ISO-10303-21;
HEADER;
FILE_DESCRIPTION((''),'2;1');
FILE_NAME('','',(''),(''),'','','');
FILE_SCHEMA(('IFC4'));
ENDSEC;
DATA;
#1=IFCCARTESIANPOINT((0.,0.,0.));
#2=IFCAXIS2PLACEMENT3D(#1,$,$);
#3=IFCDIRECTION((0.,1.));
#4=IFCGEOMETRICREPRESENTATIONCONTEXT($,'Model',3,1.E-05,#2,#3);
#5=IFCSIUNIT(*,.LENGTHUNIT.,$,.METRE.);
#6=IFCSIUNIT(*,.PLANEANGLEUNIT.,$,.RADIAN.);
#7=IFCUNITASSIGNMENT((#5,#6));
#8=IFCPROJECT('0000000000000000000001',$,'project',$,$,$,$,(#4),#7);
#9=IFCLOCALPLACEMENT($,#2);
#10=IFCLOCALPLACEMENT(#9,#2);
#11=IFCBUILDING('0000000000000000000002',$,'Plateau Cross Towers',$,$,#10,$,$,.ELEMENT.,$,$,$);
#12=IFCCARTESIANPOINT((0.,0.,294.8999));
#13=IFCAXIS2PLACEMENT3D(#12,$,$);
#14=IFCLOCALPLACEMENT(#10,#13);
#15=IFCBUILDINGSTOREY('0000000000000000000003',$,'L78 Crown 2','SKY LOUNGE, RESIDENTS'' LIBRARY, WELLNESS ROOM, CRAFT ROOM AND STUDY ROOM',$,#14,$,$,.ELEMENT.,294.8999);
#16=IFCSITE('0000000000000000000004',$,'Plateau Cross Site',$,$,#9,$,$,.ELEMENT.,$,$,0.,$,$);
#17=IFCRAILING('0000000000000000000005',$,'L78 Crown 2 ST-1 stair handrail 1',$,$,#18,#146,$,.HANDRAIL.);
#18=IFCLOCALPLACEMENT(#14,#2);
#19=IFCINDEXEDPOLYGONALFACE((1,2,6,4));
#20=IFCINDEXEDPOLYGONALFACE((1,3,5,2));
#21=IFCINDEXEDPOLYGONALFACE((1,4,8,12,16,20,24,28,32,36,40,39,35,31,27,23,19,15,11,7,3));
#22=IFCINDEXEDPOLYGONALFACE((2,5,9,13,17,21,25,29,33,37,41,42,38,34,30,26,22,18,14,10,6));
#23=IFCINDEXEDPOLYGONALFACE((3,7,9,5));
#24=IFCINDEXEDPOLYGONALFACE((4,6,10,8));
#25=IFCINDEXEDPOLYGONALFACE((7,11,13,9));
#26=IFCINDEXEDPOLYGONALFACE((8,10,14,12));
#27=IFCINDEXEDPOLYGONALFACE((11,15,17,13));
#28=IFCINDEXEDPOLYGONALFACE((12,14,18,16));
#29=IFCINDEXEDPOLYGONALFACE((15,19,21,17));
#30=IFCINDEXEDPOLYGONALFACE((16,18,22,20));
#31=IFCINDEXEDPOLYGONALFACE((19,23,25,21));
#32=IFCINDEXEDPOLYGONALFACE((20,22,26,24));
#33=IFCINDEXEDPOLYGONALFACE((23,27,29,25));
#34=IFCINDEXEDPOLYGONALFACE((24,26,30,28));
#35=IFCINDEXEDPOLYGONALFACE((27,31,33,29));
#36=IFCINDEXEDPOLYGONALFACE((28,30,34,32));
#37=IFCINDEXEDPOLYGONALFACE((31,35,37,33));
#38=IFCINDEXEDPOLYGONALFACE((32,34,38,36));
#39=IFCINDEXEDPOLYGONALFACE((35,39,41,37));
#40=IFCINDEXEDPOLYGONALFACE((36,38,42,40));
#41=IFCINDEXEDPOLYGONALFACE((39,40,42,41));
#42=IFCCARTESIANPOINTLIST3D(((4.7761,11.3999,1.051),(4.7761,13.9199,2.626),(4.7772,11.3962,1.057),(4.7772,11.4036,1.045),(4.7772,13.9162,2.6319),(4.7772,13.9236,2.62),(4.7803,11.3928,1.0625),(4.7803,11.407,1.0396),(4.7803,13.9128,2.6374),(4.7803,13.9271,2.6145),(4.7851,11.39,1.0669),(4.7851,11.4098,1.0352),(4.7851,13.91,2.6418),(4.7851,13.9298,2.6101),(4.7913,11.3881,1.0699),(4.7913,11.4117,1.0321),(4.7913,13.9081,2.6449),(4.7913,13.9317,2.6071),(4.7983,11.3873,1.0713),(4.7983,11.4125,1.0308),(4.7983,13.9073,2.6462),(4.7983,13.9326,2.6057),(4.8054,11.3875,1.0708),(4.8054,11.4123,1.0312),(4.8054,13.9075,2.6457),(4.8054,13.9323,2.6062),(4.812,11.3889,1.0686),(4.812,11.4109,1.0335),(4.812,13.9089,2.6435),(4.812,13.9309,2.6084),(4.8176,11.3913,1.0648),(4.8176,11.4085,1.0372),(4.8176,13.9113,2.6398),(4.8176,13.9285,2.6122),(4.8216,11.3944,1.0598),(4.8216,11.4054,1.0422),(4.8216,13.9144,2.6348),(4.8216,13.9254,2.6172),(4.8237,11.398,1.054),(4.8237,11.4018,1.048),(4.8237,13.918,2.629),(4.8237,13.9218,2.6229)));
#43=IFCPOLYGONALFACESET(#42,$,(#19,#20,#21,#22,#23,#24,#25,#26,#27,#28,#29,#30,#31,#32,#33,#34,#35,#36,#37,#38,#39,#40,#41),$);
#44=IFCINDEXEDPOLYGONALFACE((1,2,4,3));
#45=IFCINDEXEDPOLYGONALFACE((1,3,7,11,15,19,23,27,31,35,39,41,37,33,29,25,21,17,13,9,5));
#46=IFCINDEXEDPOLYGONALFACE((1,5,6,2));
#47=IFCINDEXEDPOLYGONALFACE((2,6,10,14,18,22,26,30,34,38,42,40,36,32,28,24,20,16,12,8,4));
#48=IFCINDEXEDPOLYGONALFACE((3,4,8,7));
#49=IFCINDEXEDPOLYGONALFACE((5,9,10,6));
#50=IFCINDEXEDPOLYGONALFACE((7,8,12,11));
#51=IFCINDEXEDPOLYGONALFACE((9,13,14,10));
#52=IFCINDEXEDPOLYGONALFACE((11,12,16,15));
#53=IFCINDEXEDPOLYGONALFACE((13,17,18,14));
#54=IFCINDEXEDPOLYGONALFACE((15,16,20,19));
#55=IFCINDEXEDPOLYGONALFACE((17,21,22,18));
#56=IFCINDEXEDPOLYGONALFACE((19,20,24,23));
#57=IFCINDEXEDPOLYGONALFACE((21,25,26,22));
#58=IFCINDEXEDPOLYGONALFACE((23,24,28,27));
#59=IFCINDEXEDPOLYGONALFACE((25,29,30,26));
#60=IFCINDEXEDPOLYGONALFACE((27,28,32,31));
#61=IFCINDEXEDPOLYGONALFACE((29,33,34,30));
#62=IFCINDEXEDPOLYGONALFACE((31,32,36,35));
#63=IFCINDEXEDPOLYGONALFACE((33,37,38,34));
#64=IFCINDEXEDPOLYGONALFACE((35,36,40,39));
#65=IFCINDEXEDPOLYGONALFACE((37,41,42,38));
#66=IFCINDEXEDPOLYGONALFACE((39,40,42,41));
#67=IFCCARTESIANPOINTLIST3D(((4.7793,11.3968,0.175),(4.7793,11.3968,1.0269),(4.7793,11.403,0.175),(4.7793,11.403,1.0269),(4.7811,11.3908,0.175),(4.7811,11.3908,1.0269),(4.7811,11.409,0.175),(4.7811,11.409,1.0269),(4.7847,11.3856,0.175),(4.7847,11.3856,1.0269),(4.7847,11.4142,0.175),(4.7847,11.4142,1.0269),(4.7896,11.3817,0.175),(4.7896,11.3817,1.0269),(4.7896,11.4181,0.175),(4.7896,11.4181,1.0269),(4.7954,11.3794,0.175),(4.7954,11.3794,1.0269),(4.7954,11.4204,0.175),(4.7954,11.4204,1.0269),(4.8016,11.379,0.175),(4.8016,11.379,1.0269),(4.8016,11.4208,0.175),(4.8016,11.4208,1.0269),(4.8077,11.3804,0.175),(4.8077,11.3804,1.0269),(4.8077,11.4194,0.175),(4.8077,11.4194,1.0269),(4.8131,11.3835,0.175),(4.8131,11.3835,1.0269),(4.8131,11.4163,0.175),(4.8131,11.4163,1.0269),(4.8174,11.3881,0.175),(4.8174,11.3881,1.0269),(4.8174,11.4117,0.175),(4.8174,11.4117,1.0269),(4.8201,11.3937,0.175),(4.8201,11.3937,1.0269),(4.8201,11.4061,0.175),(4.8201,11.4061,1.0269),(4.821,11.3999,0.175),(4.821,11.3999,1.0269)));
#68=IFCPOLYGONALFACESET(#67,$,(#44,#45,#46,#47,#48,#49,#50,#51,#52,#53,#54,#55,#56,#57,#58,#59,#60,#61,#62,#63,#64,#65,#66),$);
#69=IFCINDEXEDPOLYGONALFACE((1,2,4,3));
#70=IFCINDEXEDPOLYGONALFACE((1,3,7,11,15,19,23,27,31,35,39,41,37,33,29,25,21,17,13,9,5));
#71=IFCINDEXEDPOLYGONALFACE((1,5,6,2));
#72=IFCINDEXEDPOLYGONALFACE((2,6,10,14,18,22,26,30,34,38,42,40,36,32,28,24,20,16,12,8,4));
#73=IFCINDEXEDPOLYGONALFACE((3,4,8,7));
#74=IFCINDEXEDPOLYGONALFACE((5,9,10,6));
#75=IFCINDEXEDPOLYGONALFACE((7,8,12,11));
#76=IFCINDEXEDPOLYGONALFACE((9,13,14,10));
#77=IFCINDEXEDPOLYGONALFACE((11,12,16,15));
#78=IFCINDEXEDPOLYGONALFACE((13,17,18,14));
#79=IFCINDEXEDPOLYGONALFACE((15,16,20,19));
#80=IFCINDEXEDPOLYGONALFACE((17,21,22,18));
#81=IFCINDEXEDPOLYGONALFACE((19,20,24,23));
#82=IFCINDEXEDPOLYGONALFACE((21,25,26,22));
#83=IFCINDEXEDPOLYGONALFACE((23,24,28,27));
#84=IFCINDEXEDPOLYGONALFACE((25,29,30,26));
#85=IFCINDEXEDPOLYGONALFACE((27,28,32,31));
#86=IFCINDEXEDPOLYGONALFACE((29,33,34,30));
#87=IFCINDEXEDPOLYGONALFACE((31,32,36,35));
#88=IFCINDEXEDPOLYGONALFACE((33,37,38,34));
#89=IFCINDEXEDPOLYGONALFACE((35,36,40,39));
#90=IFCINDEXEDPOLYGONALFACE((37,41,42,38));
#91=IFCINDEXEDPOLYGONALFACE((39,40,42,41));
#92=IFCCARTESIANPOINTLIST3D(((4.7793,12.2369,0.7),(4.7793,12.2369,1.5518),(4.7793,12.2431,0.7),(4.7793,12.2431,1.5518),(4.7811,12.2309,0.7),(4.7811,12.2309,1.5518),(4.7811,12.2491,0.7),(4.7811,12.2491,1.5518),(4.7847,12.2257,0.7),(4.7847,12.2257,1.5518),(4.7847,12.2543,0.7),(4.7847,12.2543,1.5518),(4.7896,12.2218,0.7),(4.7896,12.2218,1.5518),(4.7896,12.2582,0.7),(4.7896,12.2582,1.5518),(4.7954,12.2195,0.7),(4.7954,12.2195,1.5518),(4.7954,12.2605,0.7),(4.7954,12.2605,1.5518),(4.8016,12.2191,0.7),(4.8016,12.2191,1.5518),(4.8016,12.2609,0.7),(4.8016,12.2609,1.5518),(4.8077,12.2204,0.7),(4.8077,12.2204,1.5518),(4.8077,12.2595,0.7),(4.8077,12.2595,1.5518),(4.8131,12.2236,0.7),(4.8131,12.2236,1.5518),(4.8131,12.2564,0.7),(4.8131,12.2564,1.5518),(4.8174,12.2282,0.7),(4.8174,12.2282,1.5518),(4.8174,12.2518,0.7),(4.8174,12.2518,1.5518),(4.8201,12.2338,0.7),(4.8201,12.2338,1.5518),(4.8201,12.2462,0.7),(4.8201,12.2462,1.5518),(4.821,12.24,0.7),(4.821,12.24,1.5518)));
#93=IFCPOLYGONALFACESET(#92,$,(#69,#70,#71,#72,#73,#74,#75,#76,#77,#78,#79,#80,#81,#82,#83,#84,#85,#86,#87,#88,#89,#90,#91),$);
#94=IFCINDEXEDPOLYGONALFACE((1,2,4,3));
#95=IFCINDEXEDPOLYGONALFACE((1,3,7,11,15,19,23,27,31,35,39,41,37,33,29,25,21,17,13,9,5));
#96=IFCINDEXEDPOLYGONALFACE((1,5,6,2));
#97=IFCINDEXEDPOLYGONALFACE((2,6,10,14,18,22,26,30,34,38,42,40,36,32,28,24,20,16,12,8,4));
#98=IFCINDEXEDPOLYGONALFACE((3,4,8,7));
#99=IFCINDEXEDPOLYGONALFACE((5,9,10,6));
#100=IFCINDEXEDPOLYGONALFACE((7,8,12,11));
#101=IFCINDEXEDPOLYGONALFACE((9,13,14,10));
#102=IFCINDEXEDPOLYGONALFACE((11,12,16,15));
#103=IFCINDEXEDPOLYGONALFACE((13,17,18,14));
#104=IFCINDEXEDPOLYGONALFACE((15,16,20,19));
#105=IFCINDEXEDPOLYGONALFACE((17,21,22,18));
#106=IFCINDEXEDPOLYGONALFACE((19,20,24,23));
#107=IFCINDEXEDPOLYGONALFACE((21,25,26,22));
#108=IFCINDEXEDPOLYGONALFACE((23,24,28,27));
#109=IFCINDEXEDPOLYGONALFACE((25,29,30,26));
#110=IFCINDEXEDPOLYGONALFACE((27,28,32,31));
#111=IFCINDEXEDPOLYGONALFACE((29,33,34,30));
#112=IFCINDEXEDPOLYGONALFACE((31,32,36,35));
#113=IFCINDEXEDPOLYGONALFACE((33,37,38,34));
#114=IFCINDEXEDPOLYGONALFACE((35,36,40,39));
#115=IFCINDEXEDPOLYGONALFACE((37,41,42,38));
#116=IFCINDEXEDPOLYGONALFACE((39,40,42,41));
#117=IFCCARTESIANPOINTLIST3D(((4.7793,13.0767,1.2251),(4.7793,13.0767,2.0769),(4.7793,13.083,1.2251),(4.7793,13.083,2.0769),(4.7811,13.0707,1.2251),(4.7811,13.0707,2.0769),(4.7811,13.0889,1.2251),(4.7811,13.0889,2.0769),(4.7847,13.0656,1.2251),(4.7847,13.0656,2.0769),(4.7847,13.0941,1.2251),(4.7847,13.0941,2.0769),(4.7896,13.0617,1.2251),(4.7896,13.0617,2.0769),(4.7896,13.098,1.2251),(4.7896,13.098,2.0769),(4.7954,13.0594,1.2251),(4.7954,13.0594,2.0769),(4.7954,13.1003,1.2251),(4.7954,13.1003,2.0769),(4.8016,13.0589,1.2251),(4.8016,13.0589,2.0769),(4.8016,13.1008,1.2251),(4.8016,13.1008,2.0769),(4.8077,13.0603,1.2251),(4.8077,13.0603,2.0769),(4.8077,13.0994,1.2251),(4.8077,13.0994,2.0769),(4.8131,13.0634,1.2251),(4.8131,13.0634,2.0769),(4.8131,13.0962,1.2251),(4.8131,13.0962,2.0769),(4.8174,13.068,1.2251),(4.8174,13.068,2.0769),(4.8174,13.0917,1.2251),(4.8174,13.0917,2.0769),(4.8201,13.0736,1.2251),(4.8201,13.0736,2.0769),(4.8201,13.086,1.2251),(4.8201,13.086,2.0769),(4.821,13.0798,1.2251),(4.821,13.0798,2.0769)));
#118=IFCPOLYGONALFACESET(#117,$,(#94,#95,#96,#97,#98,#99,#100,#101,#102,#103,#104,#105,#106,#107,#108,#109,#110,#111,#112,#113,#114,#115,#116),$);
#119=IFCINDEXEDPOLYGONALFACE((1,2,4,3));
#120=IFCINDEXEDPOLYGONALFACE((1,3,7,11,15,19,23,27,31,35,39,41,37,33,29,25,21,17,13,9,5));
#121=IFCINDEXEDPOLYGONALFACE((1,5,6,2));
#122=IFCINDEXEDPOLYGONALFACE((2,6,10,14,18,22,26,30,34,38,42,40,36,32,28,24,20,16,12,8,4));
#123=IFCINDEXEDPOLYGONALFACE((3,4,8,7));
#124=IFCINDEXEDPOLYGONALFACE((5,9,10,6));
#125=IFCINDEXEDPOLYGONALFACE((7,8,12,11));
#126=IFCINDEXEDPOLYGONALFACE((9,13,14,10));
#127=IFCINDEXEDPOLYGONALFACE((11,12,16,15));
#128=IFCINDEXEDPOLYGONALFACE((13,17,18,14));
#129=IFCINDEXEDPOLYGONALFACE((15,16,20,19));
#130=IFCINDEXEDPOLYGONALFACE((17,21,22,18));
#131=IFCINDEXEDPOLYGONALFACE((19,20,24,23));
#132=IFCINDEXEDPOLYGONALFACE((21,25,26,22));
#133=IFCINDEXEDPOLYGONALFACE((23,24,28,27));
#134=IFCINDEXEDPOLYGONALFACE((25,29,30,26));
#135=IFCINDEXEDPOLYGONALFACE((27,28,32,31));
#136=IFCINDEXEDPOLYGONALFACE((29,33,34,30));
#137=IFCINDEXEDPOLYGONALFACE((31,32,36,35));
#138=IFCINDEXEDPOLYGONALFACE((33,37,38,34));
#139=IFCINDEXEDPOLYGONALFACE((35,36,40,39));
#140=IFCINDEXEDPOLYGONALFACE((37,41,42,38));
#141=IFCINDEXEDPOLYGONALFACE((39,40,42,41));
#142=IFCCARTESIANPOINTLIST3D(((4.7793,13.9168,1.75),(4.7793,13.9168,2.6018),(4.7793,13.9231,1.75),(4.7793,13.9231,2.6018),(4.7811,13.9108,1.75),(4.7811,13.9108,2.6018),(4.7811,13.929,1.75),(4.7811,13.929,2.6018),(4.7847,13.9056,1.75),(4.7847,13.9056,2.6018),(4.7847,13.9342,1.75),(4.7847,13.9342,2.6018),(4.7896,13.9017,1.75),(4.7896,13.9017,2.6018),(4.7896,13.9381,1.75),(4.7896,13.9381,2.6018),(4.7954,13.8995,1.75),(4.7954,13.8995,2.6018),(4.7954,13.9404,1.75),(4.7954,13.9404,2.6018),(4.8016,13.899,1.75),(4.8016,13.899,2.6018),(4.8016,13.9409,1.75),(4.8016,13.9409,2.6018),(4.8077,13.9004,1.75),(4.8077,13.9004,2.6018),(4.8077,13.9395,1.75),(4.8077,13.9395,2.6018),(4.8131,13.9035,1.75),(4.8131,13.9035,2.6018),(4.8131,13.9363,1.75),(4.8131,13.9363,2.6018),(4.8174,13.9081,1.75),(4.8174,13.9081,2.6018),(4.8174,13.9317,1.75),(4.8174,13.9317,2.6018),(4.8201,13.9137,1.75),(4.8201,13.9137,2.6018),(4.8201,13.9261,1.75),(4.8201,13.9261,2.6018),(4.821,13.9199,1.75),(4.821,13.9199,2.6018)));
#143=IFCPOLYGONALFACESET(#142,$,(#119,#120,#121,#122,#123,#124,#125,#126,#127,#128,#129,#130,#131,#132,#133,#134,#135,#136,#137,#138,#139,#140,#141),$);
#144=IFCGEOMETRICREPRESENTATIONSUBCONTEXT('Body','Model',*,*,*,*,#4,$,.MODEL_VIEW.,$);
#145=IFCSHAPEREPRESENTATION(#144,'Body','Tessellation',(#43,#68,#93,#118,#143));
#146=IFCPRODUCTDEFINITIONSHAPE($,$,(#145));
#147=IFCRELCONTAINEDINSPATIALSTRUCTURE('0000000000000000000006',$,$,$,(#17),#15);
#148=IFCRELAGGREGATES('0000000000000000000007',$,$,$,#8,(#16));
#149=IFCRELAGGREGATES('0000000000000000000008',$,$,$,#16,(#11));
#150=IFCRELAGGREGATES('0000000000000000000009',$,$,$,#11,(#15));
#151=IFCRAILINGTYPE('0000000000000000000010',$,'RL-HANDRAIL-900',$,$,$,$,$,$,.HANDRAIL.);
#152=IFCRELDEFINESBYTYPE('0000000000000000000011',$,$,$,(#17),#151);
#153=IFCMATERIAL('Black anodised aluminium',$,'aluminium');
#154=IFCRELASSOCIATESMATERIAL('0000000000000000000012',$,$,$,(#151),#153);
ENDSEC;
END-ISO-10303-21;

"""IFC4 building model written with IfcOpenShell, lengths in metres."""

from ifc_helpers import new_model, si_unit, direction, frame, origin, origin_2d, place, context, subcontext, project, spatial, circle, extrude, material, type_object, element, save


model = new_model("IFC4")

# Units and contexts
model_context = context("Model", 3, precision=1e-05, world=origin(), true_north=direction((0.0, 1.0)))
body_context = subcontext(model_context, "Body", "Model", "MODEL_VIEW")
ifc_project = project(units=[si_unit("LENGTHUNIT", "METRE"), si_unit("PLANEANGLEUNIT", "RADIAN")], contexts=[model_context])

# Site, building, storey
site_placement = place(None, origin())
site = spatial("IfcSite", under=ifc_project, at=site_placement, Name="Plateau Cross Site", CompositionType="ELEMENT", RefElevation=0.0)
building_placement = place(site_placement, origin())
building = spatial("IfcBuilding", under=site, at=building_placement, Name="Plateau Cross Towers", CompositionType="ELEMENT")
storey_placement = place(building_placement, frame((0.0, 0.0, 294.8999)))
storey = spatial("IfcBuildingStorey", under=building, at=storey_placement, Name="L78 Crown 2", Description="SKY LOUNGE, RESIDENTS' LIBRARY, WELLNESS ROOM, CRAFT ROOM AND STUDY ROOM", CompositionType="ELEMENT", Elevation=294.8999)

# Shared definitions
ifc_material_1 = material(Name="Black anodised aluminium", Category="aluminium")

# Railing
railing_type_1 = type_object("IfcRailingType", Name="RL-HANDRAIL-900", PredefinedType="HANDRAIL", material=ifc_material_1)
railing_1_placement = place(storey_placement, frame((4.8, 11.3999, 0.175)))
element("IfcRailing", 1, at=railing_1_placement, inside=storey, type_object=railing_type_1, Name="L78 Crown 2 ST-1 stair handrail 1", PredefinedType="HANDRAIL", context=body_context, shape_type="SweptSolid", body=[
    extrude(circle(Radius=0.0239, at=origin_2d()), frame((0.0, 0.0, 0.876), z_axis=(0.0, 0.848008, 0.529984), x_axis=(-1.0, 0.0, 0.0)), (0.0, 0.0, 1.0), 2.9717),
    extrude(circle(Radius=0.021, at=origin_2d()), origin(), (0.0, 0.0, 1.0), 0.8518),
    extrude(circle(Radius=0.021, at=origin_2d()), frame((0.0, 0.8401, 0.5249)), (0.0, 0.0, 1.0), 0.8518),
    extrude(circle(Radius=0.021, at=origin_2d()), frame((0.0, 1.6799, 1.05)), (0.0, 0.0, 1.0), 0.8518),
    extrude(circle(Radius=0.021, at=origin_2d()), frame((0.0, 2.52, 1.575)), (0.0, 0.0, 1.0), 0.8518),
])

save(model, "model.ifc")
